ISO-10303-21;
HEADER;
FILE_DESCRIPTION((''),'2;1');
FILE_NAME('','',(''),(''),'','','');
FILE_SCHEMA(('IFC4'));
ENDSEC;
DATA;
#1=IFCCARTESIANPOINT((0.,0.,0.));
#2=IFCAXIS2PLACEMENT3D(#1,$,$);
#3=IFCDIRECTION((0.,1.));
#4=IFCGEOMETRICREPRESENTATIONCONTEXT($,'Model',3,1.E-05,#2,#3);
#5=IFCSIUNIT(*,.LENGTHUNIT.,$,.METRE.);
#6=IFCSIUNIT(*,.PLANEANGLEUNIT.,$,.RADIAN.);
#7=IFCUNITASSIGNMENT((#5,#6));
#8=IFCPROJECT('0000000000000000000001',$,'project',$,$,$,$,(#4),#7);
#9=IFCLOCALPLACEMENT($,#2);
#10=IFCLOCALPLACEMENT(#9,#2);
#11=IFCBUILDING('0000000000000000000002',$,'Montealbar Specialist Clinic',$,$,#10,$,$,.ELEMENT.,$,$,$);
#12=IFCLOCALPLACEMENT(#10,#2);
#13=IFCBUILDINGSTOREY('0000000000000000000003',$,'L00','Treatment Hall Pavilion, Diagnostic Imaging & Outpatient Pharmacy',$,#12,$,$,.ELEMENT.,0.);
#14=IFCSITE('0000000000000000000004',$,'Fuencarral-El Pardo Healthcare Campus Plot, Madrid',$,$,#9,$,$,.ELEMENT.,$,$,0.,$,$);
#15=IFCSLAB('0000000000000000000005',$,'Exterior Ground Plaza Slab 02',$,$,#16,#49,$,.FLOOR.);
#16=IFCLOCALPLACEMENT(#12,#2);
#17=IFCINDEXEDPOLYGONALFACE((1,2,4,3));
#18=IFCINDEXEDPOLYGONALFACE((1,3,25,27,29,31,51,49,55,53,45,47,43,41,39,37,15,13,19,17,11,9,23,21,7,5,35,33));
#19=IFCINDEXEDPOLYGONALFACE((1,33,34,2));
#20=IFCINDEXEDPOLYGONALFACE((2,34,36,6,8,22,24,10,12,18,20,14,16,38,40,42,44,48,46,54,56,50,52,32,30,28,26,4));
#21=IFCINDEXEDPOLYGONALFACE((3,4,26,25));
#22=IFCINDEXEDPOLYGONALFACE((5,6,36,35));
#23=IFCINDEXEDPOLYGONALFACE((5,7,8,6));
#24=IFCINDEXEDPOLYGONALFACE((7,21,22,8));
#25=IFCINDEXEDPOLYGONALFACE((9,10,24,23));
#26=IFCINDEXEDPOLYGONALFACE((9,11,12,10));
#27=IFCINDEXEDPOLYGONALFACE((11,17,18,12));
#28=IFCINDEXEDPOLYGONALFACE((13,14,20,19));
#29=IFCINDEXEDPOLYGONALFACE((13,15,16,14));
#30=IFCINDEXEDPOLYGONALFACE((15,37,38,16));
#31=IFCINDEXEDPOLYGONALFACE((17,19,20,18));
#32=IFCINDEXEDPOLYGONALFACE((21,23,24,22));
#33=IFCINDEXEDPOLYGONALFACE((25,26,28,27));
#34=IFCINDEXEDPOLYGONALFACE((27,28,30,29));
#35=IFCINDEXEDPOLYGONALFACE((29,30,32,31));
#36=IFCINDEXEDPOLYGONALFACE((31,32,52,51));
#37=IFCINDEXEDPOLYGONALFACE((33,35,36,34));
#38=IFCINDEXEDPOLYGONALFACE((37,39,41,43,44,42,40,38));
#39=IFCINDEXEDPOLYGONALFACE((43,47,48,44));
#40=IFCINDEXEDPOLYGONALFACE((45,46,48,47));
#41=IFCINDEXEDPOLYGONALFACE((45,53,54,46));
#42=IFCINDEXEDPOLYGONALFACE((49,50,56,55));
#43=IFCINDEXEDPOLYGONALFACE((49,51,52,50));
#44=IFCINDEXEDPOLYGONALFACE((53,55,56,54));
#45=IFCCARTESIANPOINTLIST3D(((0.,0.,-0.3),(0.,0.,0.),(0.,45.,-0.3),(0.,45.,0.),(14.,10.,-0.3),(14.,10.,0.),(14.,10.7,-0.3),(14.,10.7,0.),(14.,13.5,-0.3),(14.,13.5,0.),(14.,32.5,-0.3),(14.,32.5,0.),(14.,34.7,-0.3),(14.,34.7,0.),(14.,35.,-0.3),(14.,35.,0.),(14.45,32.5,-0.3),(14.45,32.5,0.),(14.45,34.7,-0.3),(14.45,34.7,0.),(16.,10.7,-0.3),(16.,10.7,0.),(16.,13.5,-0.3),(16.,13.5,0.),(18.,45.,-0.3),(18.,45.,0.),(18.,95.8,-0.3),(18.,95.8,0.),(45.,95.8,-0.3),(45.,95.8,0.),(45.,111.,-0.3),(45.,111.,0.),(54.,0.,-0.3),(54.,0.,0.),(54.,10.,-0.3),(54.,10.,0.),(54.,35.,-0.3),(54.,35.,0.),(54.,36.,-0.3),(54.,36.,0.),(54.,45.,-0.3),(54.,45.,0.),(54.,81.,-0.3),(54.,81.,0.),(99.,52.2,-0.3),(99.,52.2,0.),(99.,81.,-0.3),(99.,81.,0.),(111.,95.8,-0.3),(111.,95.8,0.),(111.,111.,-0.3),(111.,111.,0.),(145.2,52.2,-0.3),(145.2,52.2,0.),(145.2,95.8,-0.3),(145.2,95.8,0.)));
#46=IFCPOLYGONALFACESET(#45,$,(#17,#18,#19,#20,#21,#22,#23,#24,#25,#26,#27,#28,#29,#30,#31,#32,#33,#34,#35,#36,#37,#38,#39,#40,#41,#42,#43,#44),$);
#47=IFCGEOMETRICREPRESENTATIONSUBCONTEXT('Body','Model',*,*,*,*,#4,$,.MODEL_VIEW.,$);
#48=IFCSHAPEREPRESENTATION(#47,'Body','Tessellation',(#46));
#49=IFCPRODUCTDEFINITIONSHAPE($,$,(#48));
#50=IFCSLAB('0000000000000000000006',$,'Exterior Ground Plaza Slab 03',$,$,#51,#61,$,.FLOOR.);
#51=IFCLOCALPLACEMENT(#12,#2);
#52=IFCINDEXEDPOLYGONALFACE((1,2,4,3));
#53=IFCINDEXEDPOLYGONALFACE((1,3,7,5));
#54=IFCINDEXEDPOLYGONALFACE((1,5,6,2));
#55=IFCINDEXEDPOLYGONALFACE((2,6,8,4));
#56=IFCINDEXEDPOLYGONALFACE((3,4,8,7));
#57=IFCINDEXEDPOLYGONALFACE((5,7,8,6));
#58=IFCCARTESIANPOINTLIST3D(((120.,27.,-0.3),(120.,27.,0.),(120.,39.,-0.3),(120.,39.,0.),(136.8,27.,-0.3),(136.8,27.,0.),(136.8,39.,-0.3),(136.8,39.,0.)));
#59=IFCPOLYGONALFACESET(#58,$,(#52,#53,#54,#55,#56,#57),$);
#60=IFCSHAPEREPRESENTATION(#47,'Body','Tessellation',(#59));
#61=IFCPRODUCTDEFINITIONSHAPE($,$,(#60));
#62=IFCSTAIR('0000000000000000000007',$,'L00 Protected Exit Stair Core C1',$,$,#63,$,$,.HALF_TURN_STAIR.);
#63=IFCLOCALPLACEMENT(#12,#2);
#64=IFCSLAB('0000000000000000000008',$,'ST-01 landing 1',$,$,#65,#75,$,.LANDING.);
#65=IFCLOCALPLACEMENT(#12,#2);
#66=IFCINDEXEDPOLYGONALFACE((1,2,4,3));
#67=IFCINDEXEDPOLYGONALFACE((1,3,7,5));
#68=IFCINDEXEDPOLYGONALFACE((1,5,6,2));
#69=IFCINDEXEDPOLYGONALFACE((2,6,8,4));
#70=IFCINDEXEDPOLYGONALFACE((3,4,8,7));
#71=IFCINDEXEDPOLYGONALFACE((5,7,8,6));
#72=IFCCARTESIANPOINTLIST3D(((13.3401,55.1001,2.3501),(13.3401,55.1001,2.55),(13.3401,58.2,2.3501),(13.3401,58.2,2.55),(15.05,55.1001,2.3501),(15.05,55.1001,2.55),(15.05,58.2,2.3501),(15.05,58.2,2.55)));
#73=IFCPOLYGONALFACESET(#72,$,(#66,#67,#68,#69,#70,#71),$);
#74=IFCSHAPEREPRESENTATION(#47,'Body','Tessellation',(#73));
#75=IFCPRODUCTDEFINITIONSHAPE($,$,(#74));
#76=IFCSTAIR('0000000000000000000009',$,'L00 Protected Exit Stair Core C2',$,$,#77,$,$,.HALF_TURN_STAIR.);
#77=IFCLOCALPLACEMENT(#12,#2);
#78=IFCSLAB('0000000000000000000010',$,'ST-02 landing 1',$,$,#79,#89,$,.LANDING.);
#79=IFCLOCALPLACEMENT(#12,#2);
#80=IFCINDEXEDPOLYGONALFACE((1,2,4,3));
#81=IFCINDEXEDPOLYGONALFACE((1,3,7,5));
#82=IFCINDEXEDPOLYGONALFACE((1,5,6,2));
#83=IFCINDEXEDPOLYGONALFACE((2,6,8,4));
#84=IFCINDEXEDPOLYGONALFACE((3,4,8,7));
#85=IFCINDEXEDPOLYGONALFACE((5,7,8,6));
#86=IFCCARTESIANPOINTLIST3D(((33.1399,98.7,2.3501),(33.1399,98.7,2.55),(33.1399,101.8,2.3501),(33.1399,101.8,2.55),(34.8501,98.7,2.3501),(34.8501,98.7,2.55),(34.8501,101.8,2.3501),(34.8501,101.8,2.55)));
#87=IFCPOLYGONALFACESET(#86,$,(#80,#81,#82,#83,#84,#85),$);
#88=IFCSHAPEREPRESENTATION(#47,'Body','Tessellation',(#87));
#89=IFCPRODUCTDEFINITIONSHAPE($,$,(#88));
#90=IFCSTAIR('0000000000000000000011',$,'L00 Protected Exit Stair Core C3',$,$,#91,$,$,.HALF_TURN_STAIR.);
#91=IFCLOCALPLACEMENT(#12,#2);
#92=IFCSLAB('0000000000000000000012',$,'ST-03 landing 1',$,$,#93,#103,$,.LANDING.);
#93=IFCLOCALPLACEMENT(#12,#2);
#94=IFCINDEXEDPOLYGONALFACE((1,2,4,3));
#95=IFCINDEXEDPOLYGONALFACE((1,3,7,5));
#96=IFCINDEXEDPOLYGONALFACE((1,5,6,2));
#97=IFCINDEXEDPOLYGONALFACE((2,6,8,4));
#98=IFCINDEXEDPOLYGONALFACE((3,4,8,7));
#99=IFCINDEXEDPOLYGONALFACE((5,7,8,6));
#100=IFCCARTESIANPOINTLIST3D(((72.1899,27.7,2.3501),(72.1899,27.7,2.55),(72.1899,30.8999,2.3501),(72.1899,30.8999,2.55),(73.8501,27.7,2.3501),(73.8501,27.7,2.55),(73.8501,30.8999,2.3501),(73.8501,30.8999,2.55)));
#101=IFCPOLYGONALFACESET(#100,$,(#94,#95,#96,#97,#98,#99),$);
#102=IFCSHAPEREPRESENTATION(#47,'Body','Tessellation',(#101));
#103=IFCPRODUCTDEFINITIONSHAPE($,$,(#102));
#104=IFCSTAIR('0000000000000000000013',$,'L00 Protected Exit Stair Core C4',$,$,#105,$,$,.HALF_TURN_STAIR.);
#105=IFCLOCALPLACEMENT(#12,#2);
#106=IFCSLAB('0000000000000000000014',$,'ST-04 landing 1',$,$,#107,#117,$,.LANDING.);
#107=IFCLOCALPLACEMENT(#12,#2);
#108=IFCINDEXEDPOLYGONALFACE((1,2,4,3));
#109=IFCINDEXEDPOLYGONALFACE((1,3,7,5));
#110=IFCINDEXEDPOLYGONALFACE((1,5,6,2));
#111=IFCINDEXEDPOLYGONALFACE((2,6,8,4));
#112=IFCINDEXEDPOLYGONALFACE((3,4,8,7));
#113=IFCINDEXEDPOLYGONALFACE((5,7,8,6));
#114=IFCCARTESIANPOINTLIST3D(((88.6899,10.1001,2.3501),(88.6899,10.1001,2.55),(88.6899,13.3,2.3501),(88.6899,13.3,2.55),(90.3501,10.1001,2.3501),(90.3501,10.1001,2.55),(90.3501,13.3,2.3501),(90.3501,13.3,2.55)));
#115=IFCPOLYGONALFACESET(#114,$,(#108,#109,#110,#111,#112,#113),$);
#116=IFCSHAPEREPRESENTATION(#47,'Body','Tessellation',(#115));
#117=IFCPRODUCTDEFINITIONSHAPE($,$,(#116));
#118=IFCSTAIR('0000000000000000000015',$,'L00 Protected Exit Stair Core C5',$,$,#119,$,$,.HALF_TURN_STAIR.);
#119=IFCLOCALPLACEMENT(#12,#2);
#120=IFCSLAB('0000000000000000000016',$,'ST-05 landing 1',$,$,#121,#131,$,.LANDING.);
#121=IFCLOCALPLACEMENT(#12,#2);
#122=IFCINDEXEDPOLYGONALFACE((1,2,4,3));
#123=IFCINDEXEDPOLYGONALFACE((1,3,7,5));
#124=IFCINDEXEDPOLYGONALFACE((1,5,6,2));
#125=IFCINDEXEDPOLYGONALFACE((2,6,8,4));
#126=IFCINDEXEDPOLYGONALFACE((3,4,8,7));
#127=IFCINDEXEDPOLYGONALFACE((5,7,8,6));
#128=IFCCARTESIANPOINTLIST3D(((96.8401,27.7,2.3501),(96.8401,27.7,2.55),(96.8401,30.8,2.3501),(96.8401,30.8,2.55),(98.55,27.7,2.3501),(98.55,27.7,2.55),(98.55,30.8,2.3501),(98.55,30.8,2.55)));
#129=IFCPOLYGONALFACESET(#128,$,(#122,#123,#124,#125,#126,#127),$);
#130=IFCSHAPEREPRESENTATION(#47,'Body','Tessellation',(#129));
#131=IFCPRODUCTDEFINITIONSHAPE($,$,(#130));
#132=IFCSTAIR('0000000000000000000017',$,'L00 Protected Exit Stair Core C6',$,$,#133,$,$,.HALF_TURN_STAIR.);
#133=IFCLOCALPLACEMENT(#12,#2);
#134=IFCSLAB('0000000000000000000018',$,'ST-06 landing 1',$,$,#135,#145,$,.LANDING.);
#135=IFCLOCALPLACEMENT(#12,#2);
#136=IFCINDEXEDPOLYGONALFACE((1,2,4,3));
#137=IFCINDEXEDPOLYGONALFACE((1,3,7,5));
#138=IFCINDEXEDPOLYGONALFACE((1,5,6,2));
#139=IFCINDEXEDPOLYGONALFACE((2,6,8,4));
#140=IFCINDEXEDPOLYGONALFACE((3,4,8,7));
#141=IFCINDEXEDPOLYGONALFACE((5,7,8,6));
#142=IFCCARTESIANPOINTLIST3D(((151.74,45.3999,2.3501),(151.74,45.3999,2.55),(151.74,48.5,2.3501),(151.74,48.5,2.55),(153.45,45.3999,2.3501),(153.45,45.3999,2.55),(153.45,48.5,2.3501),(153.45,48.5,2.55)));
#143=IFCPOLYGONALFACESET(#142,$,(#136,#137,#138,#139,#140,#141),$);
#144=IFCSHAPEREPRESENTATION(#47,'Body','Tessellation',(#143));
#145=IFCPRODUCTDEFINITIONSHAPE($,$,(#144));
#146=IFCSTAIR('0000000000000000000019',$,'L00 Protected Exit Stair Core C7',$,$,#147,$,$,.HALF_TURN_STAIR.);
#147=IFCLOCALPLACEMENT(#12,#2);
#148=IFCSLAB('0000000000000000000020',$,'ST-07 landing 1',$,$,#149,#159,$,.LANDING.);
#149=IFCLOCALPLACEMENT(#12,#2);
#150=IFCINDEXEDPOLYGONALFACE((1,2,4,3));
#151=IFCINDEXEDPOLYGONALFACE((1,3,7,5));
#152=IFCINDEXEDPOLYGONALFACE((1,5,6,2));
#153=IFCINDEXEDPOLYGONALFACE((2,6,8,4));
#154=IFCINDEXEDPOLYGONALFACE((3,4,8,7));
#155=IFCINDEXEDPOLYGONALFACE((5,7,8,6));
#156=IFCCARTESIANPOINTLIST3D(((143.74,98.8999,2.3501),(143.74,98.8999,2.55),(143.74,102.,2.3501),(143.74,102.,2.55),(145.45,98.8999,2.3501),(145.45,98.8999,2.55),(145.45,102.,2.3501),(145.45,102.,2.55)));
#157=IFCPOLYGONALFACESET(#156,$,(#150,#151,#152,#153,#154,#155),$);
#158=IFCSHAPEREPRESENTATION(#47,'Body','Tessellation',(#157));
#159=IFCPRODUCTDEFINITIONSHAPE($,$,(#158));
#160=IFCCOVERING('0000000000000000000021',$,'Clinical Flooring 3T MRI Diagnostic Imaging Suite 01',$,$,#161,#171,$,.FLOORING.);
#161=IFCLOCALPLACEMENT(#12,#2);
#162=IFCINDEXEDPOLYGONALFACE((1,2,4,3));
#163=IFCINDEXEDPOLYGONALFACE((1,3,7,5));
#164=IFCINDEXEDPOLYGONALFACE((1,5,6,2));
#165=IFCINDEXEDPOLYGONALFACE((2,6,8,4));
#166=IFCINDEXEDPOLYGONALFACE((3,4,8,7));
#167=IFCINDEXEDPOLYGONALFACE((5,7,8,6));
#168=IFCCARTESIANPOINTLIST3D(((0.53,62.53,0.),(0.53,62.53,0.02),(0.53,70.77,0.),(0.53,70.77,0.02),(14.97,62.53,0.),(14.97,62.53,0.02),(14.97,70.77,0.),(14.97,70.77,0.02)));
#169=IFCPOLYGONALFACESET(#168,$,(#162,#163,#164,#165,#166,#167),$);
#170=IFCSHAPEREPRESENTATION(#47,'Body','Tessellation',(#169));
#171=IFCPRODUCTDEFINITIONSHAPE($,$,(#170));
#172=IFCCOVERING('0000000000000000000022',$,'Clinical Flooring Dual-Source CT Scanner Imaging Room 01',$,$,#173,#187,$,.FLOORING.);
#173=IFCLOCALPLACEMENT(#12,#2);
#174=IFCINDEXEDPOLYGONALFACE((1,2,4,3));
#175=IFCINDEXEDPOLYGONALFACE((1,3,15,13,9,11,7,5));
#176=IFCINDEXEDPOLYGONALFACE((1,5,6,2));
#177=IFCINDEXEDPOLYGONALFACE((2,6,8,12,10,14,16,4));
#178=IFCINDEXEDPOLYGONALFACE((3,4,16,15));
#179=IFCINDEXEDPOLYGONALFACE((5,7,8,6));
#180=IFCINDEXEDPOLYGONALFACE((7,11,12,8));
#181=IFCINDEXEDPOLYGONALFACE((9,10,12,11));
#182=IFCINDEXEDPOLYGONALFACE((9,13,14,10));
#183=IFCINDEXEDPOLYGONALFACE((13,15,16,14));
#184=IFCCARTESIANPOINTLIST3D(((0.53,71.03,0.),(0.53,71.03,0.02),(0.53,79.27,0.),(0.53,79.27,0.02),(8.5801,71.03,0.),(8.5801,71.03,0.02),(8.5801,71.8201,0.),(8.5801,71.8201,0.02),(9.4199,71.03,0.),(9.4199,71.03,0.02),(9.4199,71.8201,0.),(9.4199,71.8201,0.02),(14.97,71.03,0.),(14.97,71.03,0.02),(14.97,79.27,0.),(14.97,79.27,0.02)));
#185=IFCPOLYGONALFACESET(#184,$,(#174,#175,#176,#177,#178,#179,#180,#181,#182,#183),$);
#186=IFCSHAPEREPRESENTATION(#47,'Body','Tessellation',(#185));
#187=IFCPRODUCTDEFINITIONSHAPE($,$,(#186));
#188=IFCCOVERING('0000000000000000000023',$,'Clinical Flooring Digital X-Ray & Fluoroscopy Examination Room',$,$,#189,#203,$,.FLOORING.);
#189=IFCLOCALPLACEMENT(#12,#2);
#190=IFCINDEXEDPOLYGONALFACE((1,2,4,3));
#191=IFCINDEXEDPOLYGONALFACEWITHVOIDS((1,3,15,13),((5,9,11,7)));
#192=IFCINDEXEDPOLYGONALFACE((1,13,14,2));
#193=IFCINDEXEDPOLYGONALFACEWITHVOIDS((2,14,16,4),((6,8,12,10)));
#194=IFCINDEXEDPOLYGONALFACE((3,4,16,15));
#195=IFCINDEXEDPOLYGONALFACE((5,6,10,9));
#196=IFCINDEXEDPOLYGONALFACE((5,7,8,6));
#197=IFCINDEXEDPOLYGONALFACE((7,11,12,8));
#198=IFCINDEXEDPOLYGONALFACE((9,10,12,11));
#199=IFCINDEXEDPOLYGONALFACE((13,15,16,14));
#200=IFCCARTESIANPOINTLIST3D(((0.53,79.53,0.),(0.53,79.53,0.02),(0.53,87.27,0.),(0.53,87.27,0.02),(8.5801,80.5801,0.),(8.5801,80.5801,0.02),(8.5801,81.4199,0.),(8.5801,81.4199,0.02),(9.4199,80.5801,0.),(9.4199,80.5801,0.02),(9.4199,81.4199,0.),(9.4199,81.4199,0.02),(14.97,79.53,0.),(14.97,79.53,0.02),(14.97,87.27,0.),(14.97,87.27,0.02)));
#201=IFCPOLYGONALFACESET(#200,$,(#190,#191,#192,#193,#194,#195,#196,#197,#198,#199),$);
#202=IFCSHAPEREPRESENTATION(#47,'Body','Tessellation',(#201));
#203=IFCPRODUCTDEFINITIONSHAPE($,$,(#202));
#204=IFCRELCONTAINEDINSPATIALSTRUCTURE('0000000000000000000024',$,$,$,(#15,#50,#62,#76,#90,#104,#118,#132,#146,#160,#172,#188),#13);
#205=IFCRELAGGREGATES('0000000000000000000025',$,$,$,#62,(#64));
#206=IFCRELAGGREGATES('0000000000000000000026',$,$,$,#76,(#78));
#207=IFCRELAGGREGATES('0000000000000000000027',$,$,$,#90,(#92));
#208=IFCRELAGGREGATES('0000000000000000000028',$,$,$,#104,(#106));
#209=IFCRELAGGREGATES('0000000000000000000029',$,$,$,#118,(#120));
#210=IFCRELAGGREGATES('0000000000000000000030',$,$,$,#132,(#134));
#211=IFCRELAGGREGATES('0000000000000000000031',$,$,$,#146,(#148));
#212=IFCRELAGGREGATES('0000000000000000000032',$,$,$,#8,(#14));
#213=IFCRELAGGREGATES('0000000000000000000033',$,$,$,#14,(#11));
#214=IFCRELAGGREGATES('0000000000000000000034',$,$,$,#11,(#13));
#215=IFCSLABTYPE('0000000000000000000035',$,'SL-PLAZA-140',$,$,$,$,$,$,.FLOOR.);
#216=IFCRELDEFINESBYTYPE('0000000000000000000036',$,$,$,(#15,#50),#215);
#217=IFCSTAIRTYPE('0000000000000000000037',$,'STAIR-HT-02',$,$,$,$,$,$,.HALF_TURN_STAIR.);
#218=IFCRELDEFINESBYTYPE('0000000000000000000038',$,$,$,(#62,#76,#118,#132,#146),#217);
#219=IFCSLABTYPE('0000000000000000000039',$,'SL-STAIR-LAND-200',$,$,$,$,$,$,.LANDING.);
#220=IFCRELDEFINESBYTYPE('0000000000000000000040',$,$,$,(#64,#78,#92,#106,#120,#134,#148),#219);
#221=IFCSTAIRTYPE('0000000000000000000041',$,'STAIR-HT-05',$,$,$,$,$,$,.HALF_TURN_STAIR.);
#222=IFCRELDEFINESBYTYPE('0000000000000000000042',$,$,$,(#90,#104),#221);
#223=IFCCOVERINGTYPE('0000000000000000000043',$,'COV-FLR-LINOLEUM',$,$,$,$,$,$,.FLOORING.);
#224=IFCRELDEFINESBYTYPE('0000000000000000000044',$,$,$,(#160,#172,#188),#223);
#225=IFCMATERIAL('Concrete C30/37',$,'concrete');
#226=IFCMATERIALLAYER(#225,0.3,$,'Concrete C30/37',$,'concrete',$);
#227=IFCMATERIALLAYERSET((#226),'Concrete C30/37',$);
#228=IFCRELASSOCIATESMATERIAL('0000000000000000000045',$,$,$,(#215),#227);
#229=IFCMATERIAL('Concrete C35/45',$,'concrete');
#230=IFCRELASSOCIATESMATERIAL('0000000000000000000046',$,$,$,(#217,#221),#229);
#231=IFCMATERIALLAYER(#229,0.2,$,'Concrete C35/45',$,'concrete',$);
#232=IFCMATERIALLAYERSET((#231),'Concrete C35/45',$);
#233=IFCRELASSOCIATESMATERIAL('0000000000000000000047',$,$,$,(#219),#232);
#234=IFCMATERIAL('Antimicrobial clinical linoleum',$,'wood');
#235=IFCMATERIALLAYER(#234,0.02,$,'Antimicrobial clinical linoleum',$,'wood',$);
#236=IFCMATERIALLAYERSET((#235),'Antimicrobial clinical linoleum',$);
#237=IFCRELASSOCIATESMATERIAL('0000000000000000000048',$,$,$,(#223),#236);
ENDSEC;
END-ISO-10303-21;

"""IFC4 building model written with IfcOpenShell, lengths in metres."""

from ifc_helpers import new_model, si_unit, direction, frame, origin, place, context, subcontext, project, spatial, polyline, outline, extrude, material, layer, layer_set, type_object, element, aggregate, save


model = new_model("IFC4")

# Units and contexts
model_context = context("Model", 3, precision=1e-05, world=origin(), true_north=direction((0.0, 1.0)))
body_context = subcontext(model_context, "Body", "Model", "MODEL_VIEW")
ifc_project = project(units=[si_unit("LENGTHUNIT", "METRE"), si_unit("PLANEANGLEUNIT", "RADIAN")], contexts=[model_context])

# Site, building, storey
site_placement = place(None, origin())
site = spatial("IfcSite", under=ifc_project, at=site_placement, Name="Fuencarral-El Pardo Healthcare Campus Plot, Madrid", CompositionType="ELEMENT", RefElevation=0.0)
building_placement = place(site_placement, origin())
building = spatial("IfcBuilding", under=site, at=building_placement, Name="Montealbar Specialist Clinic", CompositionType="ELEMENT")
storey_placement = place(building_placement, origin())
storey = spatial("IfcBuildingStorey", under=building, at=storey_placement, Name="L00", Description="Treatment Hall Pavilion, Diagnostic Imaging & Outpatient Pharmacy", CompositionType="ELEMENT", Elevation=0.0)

# Shared definitions
ifc_material_1 = material(Name="Concrete C35/45", Category="concrete")

# Slabs
ifc_material_2 = material(Name="Concrete C30/37", Category="concrete")
ifc_layer_1 = layer(ifc_material_2, 0.3, Name="Concrete C30/37", Category="concrete")
ifc_layer_set_1 = layer_set([ifc_layer_1], Name="Concrete C30/37")
slab_type_1 = type_object("IfcSlabType", Name="SL-PLAZA-140", PredefinedType="FLOOR", material=ifc_layer_set_1)
slab_1_placement = place(storey_placement, frame((0.0, 0.0, -0.3)))
element("IfcSlab", 1, at=slab_1_placement, inside=storey, type_object=slab_type_1, Name="Exterior Ground Plaza Slab 02", PredefinedType="FLOOR", context=body_context, shape_type="SweptSolid", body=[
    extrude(outline(polyline([(18.0, 45.0), (18.0, 95.8), (45.0, 95.8), (45.0, 111.0), (111.0, 111.0), (111.0, 95.8), (145.2, 95.8), (145.2, 52.2), (99.0, 52.2), (99.0, 81.0), (54.0, 81.0), (54.0, 45.0), (54.0, 36.0), (54.0, 35.0), (14.0, 35.0), (14.0, 34.7), (14.45, 34.7), (14.45, 32.5), (14.0, 32.5), (14.0, 13.5), (16.0, 13.5), (16.0, 10.7), (14.0, 10.7), (14.0, 10.0), (54.0, 10.0), (54.0, 0.0), (0.0, 0.0), (0.0, 45.0), (18.0, 45.0)])), origin(), (0.0, 0.0, 1.0), 0.3),
])
slab_2_placement = place(storey_placement, frame((0.0, 0.0, -0.3)))
element("IfcSlab", 2, at=slab_2_placement, inside=storey, type_object=slab_type_1, Name="Exterior Ground Plaza Slab 03", PredefinedType="FLOOR", context=body_context, shape_type="SweptSolid", body=[
    extrude(outline(polyline([(120.0, 39.0), (136.8, 39.0), (136.8, 27.0), (120.0, 27.0), (120.0, 39.0)])), origin(), (0.0, 0.0, 1.0), 0.3),
])

# Stairs, slabs
stair_type_1 = type_object("IfcStairType", Name="STAIR-HT-02", PredefinedType="HALF_TURN_STAIR", material=ifc_material_1)
stair_1_placement = place(storey_placement, origin())
stair_1 = element("IfcStair", 3, at=stair_1_placement, inside=storey, type_object=stair_type_1, Name="L00 Protected Exit Stair Core C1", PredefinedType="HALF_TURN_STAIR")
ifc_layer_2 = layer(ifc_material_1, 0.2, Name="Concrete C35/45", Category="concrete")
ifc_layer_set_2 = layer_set([ifc_layer_2], Name="Concrete C35/45")
slab_type_2 = type_object("IfcSlabType", Name="SL-STAIR-LAND-200", PredefinedType="LANDING", material=ifc_layer_set_2)
slab_3_placement = place(storey_placement, frame((0.0, 0.0, 2.3501)))
slab_3 = element("IfcSlab", 4, at=slab_3_placement, type_object=slab_type_2, Name="ST-01 landing 1", PredefinedType="LANDING", context=body_context, shape_type="SweptSolid", body=[
    extrude(outline(polyline([(13.3401, 55.1001), (15.05, 55.1001), (15.05, 58.2), (13.3401, 58.2), (13.3401, 55.1001)])), origin(), (0.0, 0.0, 1.0), 0.2),
])
aggregate(stair_1, [slab_3])
stair_2_placement = place(storey_placement, origin())
stair_2 = element("IfcStair", 5, at=stair_2_placement, inside=storey, type_object=stair_type_1, Name="L00 Protected Exit Stair Core C2", PredefinedType="HALF_TURN_STAIR")
slab_4_placement = place(storey_placement, frame((0.0, 0.0, 2.3501)))
slab_4 = element("IfcSlab", 6, at=slab_4_placement, type_object=slab_type_2, Name="ST-02 landing 1", PredefinedType="LANDING", context=body_context, shape_type="SweptSolid", body=[
    extrude(outline(polyline([(33.1399, 98.7), (34.8501, 98.7), (34.8501, 101.8), (33.1399, 101.8), (33.1399, 98.7)])), origin(), (0.0, 0.0, 1.0), 0.2),
])
aggregate(stair_2, [slab_4])
stair_type_2 = type_object("IfcStairType", Name="STAIR-HT-05", PredefinedType="HALF_TURN_STAIR", material=ifc_material_1)
stair_3_placement = place(storey_placement, origin())
stair_3 = element("IfcStair", 7, at=stair_3_placement, inside=storey, type_object=stair_type_2, Name="L00 Protected Exit Stair Core C3", PredefinedType="HALF_TURN_STAIR")
slab_5_placement = place(storey_placement, frame((0.0, 0.0, 2.3501)))
slab_5 = element("IfcSlab", 8, at=slab_5_placement, type_object=slab_type_2, Name="ST-03 landing 1", PredefinedType="LANDING", context=body_context, shape_type="SweptSolid", body=[
    extrude(outline(polyline([(72.1899, 27.7), (73.8501, 27.7), (73.8501, 30.8999), (72.1899, 30.8999), (72.1899, 27.7)])), origin(), (0.0, 0.0, 1.0), 0.2),
])
aggregate(stair_3, [slab_5])
stair_4_placement = place(storey_placement, origin())
stair_4 = element("IfcStair", 9, at=stair_4_placement, inside=storey, type_object=stair_type_2, Name="L00 Protected Exit Stair Core C4", PredefinedType="HALF_TURN_STAIR")
slab_6_placement = place(storey_placement, frame((0.0, 0.0, 2.3501)))
slab_6 = element("IfcSlab", 10, at=slab_6_placement, type_object=slab_type_2, Name="ST-04 landing 1", PredefinedType="LANDING", context=body_context, shape_type="SweptSolid", body=[
    extrude(outline(polyline([(88.6899, 10.1001), (90.3501, 10.1001), (90.3501, 13.3), (88.6899, 13.3), (88.6899, 10.1001)])), origin(), (0.0, 0.0, 1.0), 0.2),
])
aggregate(stair_4, [slab_6])
stair_5_placement = place(storey_placement, origin())
stair_5 = element("IfcStair", 11, at=stair_5_placement, inside=storey, type_object=stair_type_1, Name="L00 Protected Exit Stair Core C5", PredefinedType="HALF_TURN_STAIR")
slab_7_placement = place(storey_placement, frame((0.0, 0.0, 2.3501)))
slab_7 = element("IfcSlab", 12, at=slab_7_placement, type_object=slab_type_2, Name="ST-05 landing 1", PredefinedType="LANDING", context=body_context, shape_type="SweptSolid", body=[
    extrude(outline(polyline([(96.8401, 27.7), (98.55, 27.7), (98.55, 30.8), (96.8401, 30.8), (96.8401, 27.7)])), origin(), (0.0, 0.0, 1.0), 0.2),
])
aggregate(stair_5, [slab_7])
stair_6_placement = place(storey_placement, origin())
stair_6 = element("IfcStair", 13, at=stair_6_placement, inside=storey, type_object=stair_type_1, Name="L00 Protected Exit Stair Core C6", PredefinedType="HALF_TURN_STAIR")
slab_8_placement = place(storey_placement, frame((0.0, 0.0, 2.3501)))
slab_8 = element("IfcSlab", 14, at=slab_8_placement, type_object=slab_type_2, Name="ST-06 landing 1", PredefinedType="LANDING", context=body_context, shape_type="SweptSolid", body=[
    extrude(outline(polyline([(151.74, 45.3999), (153.45, 45.3999), (153.45, 48.5), (151.74, 48.5), (151.74, 45.3999)])), origin(), (0.0, 0.0, 1.0), 0.2),
])
aggregate(stair_6, [slab_8])
stair_7_placement = place(storey_placement, origin())
stair_7 = element("IfcStair", 15, at=stair_7_placement, inside=storey, type_object=stair_type_1, Name="L00 Protected Exit Stair Core C7", PredefinedType="HALF_TURN_STAIR")
slab_9_placement = place(storey_placement, frame((0.0, 0.0, 2.3501)))
slab_9 = element("IfcSlab", 16, at=slab_9_placement, type_object=slab_type_2, Name="ST-07 landing 1", PredefinedType="LANDING", context=body_context, shape_type="SweptSolid", body=[
    extrude(outline(polyline([(143.74, 98.8999), (145.45, 98.8999), (145.45, 102.0), (143.74, 102.0), (143.74, 98.8999)])), origin(), (0.0, 0.0, 1.0), 0.2),
])
aggregate(stair_7, [slab_9])

# Coverings
ifc_material_3 = material(Name="Antimicrobial clinical linoleum", Category="wood")
ifc_layer_3 = layer(ifc_material_3, 0.02, Name="Antimicrobial clinical linoleum", Category="wood")
ifc_layer_set_3 = layer_set([ifc_layer_3], Name="Antimicrobial clinical linoleum")
covering_type = type_object("IfcCoveringType", Name="COV-FLR-LINOLEUM", PredefinedType="FLOORING", material=ifc_layer_set_3)
covering_1_placement = place(storey_placement, origin())
element("IfcCovering", 17, at=covering_1_placement, inside=storey, type_object=covering_type, Name="Clinical Flooring 3T MRI Diagnostic Imaging Suite 01", PredefinedType="FLOORING", context=body_context, shape_type="SweptSolid", body=[
    extrude(outline(polyline([(0.53, 70.77), (14.97, 70.77), (14.97, 62.53), (0.53, 62.53), (0.53, 70.77)])), origin(), (0.0, 0.0, 1.0), 0.02),
])
covering_2_placement = place(storey_placement, origin())
element("IfcCovering", 18, at=covering_2_placement, inside=storey, type_object=covering_type, Name="Clinical Flooring Dual-Source CT Scanner Imaging Room 01", PredefinedType="FLOORING", context=body_context, shape_type="SweptSolid", body=[
    extrude(outline(polyline([(0.53, 79.27), (14.97, 79.27), (14.97, 71.03), (9.4199, 71.03), (9.4199, 71.8201), (8.5801, 71.8201), (8.5801, 71.03), (0.53, 71.03), (0.53, 79.27)])), origin(), (0.0, 0.0, 1.0), 0.02),
])
covering_3_placement = place(storey_placement, origin())
element("IfcCovering", 19, at=covering_3_placement, inside=storey, type_object=covering_type, Name="Clinical Flooring Digital X-Ray & Fluoroscopy Examination Room", PredefinedType="FLOORING", context=body_context, shape_type="SweptSolid", body=[
    extrude(outline(polyline([(0.53, 87.27), (14.97, 87.27), (14.97, 79.53), (0.53, 79.53), (0.53, 87.27)]), holes=[polyline([(9.4199, 81.4199), (8.5801, 81.4199), (8.5801, 80.5801), (9.4199, 80.5801), (9.4199, 81.4199)])]), origin(), (0.0, 0.0, 1.0), 0.02),
])

save(model, "model.ifc")
